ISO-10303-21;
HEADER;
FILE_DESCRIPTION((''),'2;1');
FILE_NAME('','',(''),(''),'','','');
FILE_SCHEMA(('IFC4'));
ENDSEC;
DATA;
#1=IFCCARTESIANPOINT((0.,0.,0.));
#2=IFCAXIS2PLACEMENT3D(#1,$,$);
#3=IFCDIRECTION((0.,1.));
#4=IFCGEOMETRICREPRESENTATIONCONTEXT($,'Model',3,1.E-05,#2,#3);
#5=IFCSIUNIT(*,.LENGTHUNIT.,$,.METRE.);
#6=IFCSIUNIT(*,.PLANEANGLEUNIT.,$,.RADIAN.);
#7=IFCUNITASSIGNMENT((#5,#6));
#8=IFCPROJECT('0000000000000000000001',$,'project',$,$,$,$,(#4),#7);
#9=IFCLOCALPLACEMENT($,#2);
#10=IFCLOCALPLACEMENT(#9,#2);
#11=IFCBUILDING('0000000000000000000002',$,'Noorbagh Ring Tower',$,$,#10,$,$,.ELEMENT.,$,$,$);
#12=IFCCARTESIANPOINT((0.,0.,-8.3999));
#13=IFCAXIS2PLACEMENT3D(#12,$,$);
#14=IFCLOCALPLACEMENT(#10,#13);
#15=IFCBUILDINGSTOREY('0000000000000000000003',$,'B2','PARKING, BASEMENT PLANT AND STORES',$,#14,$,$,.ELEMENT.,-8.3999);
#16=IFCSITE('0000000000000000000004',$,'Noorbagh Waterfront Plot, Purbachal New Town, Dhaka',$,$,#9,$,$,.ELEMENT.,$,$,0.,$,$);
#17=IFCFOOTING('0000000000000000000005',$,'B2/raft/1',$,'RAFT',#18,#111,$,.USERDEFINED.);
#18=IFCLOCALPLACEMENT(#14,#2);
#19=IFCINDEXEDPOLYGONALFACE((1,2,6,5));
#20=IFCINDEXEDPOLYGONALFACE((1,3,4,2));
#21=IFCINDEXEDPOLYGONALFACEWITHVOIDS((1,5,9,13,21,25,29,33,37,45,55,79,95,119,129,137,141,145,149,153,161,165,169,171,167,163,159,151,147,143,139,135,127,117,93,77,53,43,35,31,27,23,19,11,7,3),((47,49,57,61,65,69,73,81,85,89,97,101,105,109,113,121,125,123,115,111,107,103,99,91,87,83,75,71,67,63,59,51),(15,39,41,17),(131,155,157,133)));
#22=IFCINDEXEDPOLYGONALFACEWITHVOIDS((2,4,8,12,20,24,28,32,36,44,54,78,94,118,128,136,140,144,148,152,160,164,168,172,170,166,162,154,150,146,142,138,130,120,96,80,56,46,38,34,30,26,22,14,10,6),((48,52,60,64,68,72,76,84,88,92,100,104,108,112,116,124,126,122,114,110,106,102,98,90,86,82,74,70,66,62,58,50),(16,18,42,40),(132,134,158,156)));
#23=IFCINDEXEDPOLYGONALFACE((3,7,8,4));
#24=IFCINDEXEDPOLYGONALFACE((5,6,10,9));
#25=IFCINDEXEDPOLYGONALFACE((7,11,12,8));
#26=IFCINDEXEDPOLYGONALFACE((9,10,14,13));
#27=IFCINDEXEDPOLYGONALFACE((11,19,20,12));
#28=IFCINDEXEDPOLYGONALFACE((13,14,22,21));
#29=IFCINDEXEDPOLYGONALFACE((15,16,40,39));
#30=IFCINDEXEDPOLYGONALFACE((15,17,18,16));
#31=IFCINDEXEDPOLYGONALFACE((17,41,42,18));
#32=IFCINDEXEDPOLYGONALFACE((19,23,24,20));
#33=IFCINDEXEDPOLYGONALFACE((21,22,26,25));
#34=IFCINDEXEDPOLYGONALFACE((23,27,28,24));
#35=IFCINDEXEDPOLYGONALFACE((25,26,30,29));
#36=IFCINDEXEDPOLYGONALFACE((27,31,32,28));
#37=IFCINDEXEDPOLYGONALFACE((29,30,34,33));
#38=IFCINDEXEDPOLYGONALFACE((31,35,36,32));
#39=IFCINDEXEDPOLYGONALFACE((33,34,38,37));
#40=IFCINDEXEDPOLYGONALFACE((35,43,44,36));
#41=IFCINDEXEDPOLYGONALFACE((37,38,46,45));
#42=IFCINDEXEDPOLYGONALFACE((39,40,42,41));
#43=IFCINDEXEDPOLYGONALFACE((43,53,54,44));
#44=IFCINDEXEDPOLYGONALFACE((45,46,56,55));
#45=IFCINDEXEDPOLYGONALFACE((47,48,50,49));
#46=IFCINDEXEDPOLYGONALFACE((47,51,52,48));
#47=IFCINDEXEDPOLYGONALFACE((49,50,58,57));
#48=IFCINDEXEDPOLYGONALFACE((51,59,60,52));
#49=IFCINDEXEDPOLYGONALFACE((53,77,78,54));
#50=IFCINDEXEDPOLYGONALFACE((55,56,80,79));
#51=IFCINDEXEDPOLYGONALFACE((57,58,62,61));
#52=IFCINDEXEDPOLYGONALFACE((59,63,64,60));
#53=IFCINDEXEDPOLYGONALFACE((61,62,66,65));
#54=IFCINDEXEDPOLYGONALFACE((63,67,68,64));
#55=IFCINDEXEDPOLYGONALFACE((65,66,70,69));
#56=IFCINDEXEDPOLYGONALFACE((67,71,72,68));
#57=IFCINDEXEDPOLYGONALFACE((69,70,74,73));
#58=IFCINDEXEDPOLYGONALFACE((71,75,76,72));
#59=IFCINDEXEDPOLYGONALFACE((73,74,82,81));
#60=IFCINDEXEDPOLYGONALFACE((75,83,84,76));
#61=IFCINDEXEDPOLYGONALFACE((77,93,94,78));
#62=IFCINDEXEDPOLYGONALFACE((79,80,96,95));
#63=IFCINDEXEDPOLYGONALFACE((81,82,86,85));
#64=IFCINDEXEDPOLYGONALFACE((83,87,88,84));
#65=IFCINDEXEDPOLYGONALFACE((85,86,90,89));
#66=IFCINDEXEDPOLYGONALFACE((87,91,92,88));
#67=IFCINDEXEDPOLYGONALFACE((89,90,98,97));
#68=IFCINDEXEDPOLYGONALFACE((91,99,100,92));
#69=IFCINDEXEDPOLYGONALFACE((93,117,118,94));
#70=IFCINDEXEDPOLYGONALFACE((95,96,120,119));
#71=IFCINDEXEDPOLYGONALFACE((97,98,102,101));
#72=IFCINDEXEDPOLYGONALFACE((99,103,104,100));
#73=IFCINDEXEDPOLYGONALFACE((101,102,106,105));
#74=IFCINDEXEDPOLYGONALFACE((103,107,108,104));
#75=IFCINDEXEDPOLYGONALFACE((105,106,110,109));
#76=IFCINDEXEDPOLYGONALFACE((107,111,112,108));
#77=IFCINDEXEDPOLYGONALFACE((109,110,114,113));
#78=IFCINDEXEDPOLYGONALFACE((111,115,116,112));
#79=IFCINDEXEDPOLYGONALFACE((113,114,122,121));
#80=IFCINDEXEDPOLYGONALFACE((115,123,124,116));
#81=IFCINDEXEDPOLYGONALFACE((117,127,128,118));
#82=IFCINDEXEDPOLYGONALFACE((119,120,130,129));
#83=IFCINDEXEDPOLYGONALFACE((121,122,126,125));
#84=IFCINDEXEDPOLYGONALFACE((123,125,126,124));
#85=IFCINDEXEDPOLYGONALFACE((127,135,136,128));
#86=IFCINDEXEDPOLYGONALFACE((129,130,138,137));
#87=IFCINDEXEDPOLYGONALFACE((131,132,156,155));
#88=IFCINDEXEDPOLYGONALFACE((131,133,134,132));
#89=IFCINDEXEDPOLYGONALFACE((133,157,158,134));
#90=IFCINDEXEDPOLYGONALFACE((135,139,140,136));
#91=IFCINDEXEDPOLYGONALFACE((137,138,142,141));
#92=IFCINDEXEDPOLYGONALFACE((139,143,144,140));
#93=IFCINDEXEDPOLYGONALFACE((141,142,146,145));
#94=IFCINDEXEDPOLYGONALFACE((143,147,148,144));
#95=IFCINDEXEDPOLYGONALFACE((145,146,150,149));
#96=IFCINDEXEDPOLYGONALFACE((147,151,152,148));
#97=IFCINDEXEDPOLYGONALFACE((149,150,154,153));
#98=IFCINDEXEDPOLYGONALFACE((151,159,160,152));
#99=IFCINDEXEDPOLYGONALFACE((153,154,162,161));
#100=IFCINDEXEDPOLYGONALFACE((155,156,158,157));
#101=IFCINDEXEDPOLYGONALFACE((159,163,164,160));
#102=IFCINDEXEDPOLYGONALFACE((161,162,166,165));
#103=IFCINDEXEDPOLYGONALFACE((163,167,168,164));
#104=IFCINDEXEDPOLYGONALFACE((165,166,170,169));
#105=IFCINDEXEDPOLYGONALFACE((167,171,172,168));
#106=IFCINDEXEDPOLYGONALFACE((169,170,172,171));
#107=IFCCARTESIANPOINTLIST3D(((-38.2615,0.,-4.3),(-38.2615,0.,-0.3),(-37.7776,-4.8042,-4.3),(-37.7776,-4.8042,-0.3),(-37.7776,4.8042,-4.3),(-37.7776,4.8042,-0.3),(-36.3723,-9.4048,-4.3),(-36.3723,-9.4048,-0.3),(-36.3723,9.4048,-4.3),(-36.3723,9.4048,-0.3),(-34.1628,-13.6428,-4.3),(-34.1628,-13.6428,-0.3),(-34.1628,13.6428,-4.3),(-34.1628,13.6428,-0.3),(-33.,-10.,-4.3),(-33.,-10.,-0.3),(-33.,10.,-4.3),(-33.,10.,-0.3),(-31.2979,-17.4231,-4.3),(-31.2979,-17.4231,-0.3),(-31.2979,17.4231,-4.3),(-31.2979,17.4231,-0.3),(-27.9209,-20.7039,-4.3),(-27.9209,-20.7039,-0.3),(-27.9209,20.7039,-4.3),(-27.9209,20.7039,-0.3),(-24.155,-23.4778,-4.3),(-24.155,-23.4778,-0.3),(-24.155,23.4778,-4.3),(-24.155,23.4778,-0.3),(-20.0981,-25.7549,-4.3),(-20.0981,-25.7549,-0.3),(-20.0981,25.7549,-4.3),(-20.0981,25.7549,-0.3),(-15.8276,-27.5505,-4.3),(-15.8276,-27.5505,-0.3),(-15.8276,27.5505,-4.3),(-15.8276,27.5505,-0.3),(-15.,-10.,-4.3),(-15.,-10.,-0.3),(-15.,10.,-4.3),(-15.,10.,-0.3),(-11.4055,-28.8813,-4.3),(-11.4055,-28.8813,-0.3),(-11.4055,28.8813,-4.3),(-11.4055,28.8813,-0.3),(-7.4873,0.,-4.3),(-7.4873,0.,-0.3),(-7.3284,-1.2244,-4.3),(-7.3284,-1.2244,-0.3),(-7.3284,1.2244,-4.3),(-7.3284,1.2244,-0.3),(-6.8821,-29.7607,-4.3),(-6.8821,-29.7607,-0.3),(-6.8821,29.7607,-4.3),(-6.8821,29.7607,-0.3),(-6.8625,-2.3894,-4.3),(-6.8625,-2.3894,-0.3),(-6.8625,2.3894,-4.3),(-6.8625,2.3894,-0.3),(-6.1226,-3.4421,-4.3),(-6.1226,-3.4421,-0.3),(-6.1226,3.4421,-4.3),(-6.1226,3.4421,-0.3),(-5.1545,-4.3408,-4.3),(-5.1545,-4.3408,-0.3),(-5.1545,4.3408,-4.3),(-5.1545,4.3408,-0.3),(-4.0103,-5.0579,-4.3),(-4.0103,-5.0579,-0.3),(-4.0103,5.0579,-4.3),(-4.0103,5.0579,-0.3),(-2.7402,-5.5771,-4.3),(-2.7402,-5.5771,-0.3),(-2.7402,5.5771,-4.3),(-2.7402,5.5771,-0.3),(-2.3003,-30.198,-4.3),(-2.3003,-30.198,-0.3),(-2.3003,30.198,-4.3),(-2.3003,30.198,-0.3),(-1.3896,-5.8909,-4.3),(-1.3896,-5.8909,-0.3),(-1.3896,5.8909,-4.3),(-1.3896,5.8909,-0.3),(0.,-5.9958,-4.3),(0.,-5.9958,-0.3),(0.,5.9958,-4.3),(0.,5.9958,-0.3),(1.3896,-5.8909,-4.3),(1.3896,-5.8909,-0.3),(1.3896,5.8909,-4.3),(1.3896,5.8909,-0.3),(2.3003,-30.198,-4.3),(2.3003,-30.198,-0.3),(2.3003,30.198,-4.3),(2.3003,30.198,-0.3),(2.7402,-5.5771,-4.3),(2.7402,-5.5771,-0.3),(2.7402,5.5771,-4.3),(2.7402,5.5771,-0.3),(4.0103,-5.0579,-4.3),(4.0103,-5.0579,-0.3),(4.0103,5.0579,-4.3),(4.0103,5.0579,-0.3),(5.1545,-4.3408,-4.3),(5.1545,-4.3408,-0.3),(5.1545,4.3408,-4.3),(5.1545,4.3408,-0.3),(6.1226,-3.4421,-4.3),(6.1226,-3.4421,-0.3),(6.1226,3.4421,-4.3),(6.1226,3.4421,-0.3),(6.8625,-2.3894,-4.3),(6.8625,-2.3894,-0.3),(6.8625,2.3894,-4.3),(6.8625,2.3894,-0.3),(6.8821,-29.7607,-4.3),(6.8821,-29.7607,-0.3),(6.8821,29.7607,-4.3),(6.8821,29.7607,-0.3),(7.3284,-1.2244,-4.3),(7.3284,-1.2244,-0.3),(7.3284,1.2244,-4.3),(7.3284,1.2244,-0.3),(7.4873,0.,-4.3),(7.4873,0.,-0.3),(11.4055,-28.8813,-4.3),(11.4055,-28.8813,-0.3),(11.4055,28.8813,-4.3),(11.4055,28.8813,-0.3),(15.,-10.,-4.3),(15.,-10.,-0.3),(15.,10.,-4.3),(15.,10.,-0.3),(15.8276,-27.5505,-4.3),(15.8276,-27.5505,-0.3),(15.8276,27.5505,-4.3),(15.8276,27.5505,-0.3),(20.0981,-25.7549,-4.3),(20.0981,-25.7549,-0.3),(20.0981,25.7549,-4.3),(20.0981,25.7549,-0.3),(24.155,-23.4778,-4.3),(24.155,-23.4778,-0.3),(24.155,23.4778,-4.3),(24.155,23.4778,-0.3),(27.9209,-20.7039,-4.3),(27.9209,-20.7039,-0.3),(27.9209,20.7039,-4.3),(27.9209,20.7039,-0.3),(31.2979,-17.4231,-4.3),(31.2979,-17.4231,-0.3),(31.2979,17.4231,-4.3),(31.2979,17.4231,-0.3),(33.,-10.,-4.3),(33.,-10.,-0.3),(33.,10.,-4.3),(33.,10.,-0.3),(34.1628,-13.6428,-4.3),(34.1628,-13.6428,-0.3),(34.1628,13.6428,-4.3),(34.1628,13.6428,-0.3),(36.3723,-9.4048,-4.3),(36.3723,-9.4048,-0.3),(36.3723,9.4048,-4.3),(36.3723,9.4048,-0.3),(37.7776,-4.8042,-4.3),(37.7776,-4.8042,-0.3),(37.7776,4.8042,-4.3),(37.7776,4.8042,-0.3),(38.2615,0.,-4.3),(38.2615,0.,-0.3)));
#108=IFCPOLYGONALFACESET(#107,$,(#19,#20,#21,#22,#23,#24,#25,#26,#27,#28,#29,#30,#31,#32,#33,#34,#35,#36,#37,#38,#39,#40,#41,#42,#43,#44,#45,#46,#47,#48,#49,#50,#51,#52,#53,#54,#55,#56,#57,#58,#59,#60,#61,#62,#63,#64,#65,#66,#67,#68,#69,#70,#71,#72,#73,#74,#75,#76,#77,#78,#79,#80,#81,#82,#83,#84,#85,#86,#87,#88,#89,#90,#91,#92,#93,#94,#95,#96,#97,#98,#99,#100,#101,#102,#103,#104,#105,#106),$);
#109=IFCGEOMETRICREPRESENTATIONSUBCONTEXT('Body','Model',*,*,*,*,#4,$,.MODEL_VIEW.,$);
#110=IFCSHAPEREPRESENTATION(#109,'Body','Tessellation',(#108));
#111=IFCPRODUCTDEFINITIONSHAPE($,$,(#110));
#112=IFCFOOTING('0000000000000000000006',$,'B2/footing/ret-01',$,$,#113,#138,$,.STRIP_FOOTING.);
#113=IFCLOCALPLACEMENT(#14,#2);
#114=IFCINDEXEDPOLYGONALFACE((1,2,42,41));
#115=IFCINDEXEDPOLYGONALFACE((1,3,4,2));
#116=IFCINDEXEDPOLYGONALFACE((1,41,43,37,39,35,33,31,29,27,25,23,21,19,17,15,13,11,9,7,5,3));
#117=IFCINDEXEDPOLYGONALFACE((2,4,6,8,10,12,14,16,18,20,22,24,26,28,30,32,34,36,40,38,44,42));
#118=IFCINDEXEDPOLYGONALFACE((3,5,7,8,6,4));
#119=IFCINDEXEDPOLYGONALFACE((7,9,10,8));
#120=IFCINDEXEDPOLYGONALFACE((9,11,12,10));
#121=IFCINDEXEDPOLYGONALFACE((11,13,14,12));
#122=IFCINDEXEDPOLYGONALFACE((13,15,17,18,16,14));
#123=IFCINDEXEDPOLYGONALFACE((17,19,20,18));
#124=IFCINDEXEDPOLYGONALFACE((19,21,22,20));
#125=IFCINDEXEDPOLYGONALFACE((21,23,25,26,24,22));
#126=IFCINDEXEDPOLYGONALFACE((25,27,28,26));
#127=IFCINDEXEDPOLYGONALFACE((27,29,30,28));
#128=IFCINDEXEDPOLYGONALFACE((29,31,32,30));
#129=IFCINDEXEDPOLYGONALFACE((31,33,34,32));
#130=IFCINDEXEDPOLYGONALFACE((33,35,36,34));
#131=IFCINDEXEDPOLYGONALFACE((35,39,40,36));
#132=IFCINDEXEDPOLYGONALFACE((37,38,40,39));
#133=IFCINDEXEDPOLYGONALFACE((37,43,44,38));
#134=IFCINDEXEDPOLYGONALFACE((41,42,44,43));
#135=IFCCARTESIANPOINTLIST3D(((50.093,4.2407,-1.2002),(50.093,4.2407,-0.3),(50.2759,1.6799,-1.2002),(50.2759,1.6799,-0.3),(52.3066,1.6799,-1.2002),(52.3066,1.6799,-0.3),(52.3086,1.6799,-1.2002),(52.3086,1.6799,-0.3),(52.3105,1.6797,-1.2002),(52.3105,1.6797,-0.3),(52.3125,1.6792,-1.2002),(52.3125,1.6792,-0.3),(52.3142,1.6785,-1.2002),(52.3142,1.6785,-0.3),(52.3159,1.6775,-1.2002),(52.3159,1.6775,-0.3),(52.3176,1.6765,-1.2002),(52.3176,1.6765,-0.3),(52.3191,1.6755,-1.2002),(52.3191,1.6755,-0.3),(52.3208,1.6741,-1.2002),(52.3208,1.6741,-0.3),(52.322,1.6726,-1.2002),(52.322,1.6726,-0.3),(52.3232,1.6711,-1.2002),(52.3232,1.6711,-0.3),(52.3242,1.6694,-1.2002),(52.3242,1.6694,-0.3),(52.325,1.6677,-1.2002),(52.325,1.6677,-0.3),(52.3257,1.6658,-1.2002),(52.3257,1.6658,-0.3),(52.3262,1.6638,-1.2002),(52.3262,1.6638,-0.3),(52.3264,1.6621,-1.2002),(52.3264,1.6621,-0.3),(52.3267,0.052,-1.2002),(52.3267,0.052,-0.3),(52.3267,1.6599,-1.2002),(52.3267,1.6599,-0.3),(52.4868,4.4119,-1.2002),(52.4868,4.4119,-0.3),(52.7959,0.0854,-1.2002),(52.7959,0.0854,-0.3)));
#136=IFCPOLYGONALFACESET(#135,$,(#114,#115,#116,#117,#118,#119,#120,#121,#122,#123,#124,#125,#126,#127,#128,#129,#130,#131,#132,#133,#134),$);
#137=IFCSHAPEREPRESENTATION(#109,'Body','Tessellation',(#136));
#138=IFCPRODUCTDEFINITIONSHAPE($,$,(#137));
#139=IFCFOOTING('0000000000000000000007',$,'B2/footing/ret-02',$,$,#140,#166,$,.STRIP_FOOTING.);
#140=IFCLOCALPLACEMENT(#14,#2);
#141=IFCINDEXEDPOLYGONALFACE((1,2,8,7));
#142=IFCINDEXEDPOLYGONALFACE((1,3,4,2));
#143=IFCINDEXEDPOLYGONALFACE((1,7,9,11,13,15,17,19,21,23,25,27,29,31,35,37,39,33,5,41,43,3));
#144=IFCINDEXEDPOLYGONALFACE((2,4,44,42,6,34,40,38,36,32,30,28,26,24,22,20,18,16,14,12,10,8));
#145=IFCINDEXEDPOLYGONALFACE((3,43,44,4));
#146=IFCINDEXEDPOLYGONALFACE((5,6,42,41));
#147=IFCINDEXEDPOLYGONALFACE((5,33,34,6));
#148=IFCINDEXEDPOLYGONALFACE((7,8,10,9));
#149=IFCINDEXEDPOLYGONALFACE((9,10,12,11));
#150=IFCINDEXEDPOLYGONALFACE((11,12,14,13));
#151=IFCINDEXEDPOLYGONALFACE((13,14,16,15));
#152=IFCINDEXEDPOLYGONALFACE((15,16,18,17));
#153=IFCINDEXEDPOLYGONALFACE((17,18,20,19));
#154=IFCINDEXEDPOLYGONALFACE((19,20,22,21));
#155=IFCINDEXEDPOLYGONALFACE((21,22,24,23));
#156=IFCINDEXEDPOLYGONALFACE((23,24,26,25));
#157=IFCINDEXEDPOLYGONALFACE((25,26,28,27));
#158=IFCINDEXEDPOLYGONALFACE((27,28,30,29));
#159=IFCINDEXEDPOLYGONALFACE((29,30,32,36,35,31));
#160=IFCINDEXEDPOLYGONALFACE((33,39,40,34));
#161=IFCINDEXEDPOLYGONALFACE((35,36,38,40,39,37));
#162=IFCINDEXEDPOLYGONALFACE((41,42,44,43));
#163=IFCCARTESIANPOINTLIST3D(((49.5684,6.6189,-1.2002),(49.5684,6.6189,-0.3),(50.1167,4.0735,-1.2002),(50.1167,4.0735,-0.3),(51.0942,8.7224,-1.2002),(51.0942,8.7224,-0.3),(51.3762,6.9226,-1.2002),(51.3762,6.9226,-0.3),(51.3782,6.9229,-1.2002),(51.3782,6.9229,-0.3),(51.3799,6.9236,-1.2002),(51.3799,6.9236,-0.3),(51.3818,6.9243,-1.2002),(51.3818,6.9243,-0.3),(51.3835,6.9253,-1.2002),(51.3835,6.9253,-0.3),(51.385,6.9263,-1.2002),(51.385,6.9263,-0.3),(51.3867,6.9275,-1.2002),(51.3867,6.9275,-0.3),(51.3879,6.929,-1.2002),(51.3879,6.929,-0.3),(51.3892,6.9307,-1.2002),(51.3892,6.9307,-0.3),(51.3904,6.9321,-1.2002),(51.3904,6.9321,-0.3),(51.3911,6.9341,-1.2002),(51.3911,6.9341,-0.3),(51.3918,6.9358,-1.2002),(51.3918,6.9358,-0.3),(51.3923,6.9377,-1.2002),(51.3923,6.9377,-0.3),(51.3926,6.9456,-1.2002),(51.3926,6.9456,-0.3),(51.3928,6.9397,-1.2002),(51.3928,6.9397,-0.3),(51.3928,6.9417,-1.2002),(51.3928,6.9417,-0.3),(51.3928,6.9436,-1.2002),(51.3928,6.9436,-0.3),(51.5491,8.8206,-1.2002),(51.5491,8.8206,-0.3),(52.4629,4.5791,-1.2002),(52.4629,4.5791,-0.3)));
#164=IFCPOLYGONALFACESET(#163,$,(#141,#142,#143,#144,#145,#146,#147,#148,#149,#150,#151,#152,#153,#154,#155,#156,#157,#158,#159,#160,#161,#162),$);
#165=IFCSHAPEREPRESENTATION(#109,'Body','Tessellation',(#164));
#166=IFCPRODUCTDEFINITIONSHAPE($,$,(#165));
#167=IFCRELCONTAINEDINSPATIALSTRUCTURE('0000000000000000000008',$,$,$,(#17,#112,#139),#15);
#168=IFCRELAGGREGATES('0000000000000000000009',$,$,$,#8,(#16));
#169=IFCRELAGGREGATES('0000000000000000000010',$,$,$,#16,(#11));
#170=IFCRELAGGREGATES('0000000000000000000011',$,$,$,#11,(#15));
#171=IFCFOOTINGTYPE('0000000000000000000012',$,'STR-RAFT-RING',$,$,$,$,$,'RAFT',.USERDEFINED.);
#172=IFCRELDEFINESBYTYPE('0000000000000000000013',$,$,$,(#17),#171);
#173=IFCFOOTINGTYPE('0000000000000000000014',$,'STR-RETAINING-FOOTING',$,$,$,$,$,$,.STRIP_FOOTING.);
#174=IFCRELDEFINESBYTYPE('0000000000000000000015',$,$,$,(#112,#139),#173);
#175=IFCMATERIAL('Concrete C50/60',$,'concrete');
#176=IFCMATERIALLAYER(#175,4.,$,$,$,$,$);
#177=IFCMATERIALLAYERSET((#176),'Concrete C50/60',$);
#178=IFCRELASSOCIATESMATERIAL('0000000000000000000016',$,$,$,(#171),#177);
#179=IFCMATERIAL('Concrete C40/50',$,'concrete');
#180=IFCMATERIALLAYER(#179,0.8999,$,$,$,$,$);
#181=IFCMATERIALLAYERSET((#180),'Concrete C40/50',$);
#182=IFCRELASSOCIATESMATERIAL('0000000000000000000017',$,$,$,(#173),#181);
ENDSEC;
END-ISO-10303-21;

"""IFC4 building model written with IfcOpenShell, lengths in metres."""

from ifc_helpers import new_model, si_unit, direction, frame, origin, place, context, subcontext, project, spatial, polyline, outline, extrude, material, layer, layer_set, type_object, element, save


model = new_model("IFC4")

# Units and contexts
model_context = context("Model", 3, precision=1e-05, world=origin(), true_north=direction((0.0, 1.0)))
body_context = subcontext(model_context, "Body", "Model", "MODEL_VIEW")
ifc_project = project(units=[si_unit("LENGTHUNIT", "METRE"), si_unit("PLANEANGLEUNIT", "RADIAN")], contexts=[model_context])

# Site, building, storey
site_placement = place(None, origin())
site = spatial("IfcSite", under=ifc_project, at=site_placement, Name="Noorbagh Waterfront Plot, Purbachal New Town, Dhaka", CompositionType="ELEMENT", RefElevation=0.0)
building_placement = place(site_placement, origin())
building = spatial("IfcBuilding", under=site, at=building_placement, Name="Noorbagh Ring Tower", CompositionType="ELEMENT")
storey_placement = place(building_placement, frame((0.0, 0.0, -8.3999)))
storey = spatial("IfcBuildingStorey", under=building, at=storey_placement, Name="B2", Description="PARKING, BASEMENT PLANT AND STORES", CompositionType="ELEMENT", Elevation=-8.3999)

# Footings
ifc_material_1 = material(Name="Concrete C50/60", Category="concrete")
ifc_layer_1 = layer(ifc_material_1, 4.0)
ifc_layer_set_1 = layer_set([ifc_layer_1], Name="Concrete C50/60")
footing_type_1 = type_object("IfcFootingType", Name="STR-RAFT-RING", ElementType="RAFT", PredefinedType="USERDEFINED", material=ifc_layer_set_1)
footing_1_placement = place(storey_placement, frame((0.0, 0.0, -4.3)))
element("IfcFooting", 1, at=footing_1_placement, inside=storey, type_object=footing_type_1, Name="B2/raft/1", ObjectType="RAFT", PredefinedType="USERDEFINED", context=body_context, shape_type="SweptSolid", body=[
    extrude(outline(polyline([(36.3723, -9.4048), (37.7776, -4.8042), (38.2615, 0.0), (37.7776, 4.8042), (36.3723, 9.4048), (34.1628, 13.6428), (31.2979, 17.4231), (27.9209, 20.7039), (24.155, 23.4778), (20.0981, 25.7549), (15.8276, 27.5505), (11.4055, 28.8813), (6.8821, 29.7607), (2.3003, 30.198), (-2.3003, 30.198), (-6.8821, 29.7607), (-11.4055, 28.8813), (-15.8276, 27.5505), (-20.0981, 25.7549), (-24.155, 23.4778), (-27.9209, 20.7039), (-31.2979, 17.4231), (-34.1628, 13.6428), (-36.3723, 9.4048), (-37.7776, 4.8042), (-38.2615, 0.0), (-37.7776, -4.8042), (-36.3723, -9.4048), (-34.1628, -13.6428), (-31.2979, -17.4231), (-27.9209, -20.7039), (-24.155, -23.4778), (-20.0981, -25.7549), (-15.8276, -27.5505), (-11.4055, -28.8813), (-6.8821, -29.7607), (-2.3003, -30.198), (2.3003, -30.198), (6.8821, -29.7607), (11.4055, -28.8813), (15.8276, -27.5505), (20.0981, -25.7549), (24.155, -23.4778), (27.9209, -20.7039), (31.2979, -17.4231), (34.1628, -13.6428), (36.3723, -9.4048)]), holes=[polyline([(6.8625, 2.3894), (7.3284, 1.2244), (7.4873, 0.0), (7.3284, -1.2244), (6.8625, -2.3894), (6.1226, -3.4421), (5.1545, -4.3408), (4.0103, -5.0579), (2.7402, -5.5771), (1.3896, -5.8909), (0.0, -5.9958), (-1.3896, -5.8909), (-2.7402, -5.5771), (-4.0103, -5.0579), (-5.1545, -4.3408), (-6.1226, -3.4421), (-6.8625, -2.3894), (-7.3284, -1.2244), (-7.4873, 0.0), (-7.3284, 1.2244), (-6.8625, 2.3894), (-6.1226, 3.4421), (-5.1545, 4.3408), (-4.0103, 5.0579), (-2.7402, 5.5771), (-1.3896, 5.8909), (0.0, 5.9958), (1.3896, 5.8909), (2.7402, 5.5771), (4.0103, 5.0579), (5.1545, 4.3408), (6.1226, 3.4421), (6.8625, 2.3894)]), polyline([(-15.0, 10.0), (-15.0, -10.0), (-33.0, -10.0), (-33.0, 10.0), (-15.0, 10.0)]), polyline([(33.0, -10.0), (15.0, -10.0), (15.0, 10.0), (33.0, 10.0), (33.0, -10.0)])]), origin(), (0.0, 0.0, 1.0), 4.0),
])
ifc_material_2 = material(Name="Concrete C40/50", Category="concrete")
ifc_layer_2 = layer(ifc_material_2, 0.8999)
ifc_layer_set_2 = layer_set([ifc_layer_2], Name="Concrete C40/50")
footing_type_2 = type_object("IfcFootingType", Name="STR-RETAINING-FOOTING", PredefinedType="STRIP_FOOTING", material=ifc_layer_set_2)
footing_2_placement = place(storey_placement, frame((0.0, 0.0, -1.2002)))
element("IfcFooting", 2, at=footing_2_placement, inside=storey, type_object=footing_type_2, Name="B2/footing/ret-01", PredefinedType="STRIP_FOOTING", context=body_context, shape_type="SweptSolid", body=[
    extrude(outline(polyline([(52.4868, 4.4119), (52.7959, 0.0854), (52.3267, 0.052), (52.3267, 1.6599), (52.3264, 1.6621), (52.3262, 1.6638), (52.3257, 1.6658), (52.325, 1.6677), (52.3242, 1.6694), (52.3232, 1.6711), (52.322, 1.6726), (52.3208, 1.6741), (52.3191, 1.6755), (52.3176, 1.6765), (52.3159, 1.6775), (52.3142, 1.6785), (52.3125, 1.6792), (52.3105, 1.6797), (52.3086, 1.6799), (52.3066, 1.6799), (50.2759, 1.6799), (50.093, 4.2407), (52.4868, 4.4119)])), origin(), (0.0, 0.0, 1.0), 0.9001),
])
footing_3_placement = place(storey_placement, frame((0.0, 0.0, -1.2002)))
element("IfcFooting", 3, at=footing_3_placement, inside=storey, type_object=footing_type_2, Name="B2/footing/ret-02", PredefinedType="STRIP_FOOTING", context=body_context, shape_type="SweptSolid", body=[
    extrude(outline(polyline([(51.5491, 8.8206), (52.4629, 4.5791), (50.1167, 4.0735), (49.5684, 6.6189), (51.3762, 6.9226), (51.3782, 6.9229), (51.3799, 6.9236), (51.3818, 6.9243), (51.3835, 6.9253), (51.385, 6.9263), (51.3867, 6.9275), (51.3879, 6.929), (51.3892, 6.9307), (51.3904, 6.9321), (51.3911, 6.9341), (51.3918, 6.9358), (51.3923, 6.9377), (51.3928, 6.9397), (51.3928, 6.9417), (51.3928, 6.9436), (51.3926, 6.9456), (51.0942, 8.7224), (51.5491, 8.8206)])), origin(), (0.0, 0.0, 1.0), 0.9001),
])

save(model, "model.ifc")
